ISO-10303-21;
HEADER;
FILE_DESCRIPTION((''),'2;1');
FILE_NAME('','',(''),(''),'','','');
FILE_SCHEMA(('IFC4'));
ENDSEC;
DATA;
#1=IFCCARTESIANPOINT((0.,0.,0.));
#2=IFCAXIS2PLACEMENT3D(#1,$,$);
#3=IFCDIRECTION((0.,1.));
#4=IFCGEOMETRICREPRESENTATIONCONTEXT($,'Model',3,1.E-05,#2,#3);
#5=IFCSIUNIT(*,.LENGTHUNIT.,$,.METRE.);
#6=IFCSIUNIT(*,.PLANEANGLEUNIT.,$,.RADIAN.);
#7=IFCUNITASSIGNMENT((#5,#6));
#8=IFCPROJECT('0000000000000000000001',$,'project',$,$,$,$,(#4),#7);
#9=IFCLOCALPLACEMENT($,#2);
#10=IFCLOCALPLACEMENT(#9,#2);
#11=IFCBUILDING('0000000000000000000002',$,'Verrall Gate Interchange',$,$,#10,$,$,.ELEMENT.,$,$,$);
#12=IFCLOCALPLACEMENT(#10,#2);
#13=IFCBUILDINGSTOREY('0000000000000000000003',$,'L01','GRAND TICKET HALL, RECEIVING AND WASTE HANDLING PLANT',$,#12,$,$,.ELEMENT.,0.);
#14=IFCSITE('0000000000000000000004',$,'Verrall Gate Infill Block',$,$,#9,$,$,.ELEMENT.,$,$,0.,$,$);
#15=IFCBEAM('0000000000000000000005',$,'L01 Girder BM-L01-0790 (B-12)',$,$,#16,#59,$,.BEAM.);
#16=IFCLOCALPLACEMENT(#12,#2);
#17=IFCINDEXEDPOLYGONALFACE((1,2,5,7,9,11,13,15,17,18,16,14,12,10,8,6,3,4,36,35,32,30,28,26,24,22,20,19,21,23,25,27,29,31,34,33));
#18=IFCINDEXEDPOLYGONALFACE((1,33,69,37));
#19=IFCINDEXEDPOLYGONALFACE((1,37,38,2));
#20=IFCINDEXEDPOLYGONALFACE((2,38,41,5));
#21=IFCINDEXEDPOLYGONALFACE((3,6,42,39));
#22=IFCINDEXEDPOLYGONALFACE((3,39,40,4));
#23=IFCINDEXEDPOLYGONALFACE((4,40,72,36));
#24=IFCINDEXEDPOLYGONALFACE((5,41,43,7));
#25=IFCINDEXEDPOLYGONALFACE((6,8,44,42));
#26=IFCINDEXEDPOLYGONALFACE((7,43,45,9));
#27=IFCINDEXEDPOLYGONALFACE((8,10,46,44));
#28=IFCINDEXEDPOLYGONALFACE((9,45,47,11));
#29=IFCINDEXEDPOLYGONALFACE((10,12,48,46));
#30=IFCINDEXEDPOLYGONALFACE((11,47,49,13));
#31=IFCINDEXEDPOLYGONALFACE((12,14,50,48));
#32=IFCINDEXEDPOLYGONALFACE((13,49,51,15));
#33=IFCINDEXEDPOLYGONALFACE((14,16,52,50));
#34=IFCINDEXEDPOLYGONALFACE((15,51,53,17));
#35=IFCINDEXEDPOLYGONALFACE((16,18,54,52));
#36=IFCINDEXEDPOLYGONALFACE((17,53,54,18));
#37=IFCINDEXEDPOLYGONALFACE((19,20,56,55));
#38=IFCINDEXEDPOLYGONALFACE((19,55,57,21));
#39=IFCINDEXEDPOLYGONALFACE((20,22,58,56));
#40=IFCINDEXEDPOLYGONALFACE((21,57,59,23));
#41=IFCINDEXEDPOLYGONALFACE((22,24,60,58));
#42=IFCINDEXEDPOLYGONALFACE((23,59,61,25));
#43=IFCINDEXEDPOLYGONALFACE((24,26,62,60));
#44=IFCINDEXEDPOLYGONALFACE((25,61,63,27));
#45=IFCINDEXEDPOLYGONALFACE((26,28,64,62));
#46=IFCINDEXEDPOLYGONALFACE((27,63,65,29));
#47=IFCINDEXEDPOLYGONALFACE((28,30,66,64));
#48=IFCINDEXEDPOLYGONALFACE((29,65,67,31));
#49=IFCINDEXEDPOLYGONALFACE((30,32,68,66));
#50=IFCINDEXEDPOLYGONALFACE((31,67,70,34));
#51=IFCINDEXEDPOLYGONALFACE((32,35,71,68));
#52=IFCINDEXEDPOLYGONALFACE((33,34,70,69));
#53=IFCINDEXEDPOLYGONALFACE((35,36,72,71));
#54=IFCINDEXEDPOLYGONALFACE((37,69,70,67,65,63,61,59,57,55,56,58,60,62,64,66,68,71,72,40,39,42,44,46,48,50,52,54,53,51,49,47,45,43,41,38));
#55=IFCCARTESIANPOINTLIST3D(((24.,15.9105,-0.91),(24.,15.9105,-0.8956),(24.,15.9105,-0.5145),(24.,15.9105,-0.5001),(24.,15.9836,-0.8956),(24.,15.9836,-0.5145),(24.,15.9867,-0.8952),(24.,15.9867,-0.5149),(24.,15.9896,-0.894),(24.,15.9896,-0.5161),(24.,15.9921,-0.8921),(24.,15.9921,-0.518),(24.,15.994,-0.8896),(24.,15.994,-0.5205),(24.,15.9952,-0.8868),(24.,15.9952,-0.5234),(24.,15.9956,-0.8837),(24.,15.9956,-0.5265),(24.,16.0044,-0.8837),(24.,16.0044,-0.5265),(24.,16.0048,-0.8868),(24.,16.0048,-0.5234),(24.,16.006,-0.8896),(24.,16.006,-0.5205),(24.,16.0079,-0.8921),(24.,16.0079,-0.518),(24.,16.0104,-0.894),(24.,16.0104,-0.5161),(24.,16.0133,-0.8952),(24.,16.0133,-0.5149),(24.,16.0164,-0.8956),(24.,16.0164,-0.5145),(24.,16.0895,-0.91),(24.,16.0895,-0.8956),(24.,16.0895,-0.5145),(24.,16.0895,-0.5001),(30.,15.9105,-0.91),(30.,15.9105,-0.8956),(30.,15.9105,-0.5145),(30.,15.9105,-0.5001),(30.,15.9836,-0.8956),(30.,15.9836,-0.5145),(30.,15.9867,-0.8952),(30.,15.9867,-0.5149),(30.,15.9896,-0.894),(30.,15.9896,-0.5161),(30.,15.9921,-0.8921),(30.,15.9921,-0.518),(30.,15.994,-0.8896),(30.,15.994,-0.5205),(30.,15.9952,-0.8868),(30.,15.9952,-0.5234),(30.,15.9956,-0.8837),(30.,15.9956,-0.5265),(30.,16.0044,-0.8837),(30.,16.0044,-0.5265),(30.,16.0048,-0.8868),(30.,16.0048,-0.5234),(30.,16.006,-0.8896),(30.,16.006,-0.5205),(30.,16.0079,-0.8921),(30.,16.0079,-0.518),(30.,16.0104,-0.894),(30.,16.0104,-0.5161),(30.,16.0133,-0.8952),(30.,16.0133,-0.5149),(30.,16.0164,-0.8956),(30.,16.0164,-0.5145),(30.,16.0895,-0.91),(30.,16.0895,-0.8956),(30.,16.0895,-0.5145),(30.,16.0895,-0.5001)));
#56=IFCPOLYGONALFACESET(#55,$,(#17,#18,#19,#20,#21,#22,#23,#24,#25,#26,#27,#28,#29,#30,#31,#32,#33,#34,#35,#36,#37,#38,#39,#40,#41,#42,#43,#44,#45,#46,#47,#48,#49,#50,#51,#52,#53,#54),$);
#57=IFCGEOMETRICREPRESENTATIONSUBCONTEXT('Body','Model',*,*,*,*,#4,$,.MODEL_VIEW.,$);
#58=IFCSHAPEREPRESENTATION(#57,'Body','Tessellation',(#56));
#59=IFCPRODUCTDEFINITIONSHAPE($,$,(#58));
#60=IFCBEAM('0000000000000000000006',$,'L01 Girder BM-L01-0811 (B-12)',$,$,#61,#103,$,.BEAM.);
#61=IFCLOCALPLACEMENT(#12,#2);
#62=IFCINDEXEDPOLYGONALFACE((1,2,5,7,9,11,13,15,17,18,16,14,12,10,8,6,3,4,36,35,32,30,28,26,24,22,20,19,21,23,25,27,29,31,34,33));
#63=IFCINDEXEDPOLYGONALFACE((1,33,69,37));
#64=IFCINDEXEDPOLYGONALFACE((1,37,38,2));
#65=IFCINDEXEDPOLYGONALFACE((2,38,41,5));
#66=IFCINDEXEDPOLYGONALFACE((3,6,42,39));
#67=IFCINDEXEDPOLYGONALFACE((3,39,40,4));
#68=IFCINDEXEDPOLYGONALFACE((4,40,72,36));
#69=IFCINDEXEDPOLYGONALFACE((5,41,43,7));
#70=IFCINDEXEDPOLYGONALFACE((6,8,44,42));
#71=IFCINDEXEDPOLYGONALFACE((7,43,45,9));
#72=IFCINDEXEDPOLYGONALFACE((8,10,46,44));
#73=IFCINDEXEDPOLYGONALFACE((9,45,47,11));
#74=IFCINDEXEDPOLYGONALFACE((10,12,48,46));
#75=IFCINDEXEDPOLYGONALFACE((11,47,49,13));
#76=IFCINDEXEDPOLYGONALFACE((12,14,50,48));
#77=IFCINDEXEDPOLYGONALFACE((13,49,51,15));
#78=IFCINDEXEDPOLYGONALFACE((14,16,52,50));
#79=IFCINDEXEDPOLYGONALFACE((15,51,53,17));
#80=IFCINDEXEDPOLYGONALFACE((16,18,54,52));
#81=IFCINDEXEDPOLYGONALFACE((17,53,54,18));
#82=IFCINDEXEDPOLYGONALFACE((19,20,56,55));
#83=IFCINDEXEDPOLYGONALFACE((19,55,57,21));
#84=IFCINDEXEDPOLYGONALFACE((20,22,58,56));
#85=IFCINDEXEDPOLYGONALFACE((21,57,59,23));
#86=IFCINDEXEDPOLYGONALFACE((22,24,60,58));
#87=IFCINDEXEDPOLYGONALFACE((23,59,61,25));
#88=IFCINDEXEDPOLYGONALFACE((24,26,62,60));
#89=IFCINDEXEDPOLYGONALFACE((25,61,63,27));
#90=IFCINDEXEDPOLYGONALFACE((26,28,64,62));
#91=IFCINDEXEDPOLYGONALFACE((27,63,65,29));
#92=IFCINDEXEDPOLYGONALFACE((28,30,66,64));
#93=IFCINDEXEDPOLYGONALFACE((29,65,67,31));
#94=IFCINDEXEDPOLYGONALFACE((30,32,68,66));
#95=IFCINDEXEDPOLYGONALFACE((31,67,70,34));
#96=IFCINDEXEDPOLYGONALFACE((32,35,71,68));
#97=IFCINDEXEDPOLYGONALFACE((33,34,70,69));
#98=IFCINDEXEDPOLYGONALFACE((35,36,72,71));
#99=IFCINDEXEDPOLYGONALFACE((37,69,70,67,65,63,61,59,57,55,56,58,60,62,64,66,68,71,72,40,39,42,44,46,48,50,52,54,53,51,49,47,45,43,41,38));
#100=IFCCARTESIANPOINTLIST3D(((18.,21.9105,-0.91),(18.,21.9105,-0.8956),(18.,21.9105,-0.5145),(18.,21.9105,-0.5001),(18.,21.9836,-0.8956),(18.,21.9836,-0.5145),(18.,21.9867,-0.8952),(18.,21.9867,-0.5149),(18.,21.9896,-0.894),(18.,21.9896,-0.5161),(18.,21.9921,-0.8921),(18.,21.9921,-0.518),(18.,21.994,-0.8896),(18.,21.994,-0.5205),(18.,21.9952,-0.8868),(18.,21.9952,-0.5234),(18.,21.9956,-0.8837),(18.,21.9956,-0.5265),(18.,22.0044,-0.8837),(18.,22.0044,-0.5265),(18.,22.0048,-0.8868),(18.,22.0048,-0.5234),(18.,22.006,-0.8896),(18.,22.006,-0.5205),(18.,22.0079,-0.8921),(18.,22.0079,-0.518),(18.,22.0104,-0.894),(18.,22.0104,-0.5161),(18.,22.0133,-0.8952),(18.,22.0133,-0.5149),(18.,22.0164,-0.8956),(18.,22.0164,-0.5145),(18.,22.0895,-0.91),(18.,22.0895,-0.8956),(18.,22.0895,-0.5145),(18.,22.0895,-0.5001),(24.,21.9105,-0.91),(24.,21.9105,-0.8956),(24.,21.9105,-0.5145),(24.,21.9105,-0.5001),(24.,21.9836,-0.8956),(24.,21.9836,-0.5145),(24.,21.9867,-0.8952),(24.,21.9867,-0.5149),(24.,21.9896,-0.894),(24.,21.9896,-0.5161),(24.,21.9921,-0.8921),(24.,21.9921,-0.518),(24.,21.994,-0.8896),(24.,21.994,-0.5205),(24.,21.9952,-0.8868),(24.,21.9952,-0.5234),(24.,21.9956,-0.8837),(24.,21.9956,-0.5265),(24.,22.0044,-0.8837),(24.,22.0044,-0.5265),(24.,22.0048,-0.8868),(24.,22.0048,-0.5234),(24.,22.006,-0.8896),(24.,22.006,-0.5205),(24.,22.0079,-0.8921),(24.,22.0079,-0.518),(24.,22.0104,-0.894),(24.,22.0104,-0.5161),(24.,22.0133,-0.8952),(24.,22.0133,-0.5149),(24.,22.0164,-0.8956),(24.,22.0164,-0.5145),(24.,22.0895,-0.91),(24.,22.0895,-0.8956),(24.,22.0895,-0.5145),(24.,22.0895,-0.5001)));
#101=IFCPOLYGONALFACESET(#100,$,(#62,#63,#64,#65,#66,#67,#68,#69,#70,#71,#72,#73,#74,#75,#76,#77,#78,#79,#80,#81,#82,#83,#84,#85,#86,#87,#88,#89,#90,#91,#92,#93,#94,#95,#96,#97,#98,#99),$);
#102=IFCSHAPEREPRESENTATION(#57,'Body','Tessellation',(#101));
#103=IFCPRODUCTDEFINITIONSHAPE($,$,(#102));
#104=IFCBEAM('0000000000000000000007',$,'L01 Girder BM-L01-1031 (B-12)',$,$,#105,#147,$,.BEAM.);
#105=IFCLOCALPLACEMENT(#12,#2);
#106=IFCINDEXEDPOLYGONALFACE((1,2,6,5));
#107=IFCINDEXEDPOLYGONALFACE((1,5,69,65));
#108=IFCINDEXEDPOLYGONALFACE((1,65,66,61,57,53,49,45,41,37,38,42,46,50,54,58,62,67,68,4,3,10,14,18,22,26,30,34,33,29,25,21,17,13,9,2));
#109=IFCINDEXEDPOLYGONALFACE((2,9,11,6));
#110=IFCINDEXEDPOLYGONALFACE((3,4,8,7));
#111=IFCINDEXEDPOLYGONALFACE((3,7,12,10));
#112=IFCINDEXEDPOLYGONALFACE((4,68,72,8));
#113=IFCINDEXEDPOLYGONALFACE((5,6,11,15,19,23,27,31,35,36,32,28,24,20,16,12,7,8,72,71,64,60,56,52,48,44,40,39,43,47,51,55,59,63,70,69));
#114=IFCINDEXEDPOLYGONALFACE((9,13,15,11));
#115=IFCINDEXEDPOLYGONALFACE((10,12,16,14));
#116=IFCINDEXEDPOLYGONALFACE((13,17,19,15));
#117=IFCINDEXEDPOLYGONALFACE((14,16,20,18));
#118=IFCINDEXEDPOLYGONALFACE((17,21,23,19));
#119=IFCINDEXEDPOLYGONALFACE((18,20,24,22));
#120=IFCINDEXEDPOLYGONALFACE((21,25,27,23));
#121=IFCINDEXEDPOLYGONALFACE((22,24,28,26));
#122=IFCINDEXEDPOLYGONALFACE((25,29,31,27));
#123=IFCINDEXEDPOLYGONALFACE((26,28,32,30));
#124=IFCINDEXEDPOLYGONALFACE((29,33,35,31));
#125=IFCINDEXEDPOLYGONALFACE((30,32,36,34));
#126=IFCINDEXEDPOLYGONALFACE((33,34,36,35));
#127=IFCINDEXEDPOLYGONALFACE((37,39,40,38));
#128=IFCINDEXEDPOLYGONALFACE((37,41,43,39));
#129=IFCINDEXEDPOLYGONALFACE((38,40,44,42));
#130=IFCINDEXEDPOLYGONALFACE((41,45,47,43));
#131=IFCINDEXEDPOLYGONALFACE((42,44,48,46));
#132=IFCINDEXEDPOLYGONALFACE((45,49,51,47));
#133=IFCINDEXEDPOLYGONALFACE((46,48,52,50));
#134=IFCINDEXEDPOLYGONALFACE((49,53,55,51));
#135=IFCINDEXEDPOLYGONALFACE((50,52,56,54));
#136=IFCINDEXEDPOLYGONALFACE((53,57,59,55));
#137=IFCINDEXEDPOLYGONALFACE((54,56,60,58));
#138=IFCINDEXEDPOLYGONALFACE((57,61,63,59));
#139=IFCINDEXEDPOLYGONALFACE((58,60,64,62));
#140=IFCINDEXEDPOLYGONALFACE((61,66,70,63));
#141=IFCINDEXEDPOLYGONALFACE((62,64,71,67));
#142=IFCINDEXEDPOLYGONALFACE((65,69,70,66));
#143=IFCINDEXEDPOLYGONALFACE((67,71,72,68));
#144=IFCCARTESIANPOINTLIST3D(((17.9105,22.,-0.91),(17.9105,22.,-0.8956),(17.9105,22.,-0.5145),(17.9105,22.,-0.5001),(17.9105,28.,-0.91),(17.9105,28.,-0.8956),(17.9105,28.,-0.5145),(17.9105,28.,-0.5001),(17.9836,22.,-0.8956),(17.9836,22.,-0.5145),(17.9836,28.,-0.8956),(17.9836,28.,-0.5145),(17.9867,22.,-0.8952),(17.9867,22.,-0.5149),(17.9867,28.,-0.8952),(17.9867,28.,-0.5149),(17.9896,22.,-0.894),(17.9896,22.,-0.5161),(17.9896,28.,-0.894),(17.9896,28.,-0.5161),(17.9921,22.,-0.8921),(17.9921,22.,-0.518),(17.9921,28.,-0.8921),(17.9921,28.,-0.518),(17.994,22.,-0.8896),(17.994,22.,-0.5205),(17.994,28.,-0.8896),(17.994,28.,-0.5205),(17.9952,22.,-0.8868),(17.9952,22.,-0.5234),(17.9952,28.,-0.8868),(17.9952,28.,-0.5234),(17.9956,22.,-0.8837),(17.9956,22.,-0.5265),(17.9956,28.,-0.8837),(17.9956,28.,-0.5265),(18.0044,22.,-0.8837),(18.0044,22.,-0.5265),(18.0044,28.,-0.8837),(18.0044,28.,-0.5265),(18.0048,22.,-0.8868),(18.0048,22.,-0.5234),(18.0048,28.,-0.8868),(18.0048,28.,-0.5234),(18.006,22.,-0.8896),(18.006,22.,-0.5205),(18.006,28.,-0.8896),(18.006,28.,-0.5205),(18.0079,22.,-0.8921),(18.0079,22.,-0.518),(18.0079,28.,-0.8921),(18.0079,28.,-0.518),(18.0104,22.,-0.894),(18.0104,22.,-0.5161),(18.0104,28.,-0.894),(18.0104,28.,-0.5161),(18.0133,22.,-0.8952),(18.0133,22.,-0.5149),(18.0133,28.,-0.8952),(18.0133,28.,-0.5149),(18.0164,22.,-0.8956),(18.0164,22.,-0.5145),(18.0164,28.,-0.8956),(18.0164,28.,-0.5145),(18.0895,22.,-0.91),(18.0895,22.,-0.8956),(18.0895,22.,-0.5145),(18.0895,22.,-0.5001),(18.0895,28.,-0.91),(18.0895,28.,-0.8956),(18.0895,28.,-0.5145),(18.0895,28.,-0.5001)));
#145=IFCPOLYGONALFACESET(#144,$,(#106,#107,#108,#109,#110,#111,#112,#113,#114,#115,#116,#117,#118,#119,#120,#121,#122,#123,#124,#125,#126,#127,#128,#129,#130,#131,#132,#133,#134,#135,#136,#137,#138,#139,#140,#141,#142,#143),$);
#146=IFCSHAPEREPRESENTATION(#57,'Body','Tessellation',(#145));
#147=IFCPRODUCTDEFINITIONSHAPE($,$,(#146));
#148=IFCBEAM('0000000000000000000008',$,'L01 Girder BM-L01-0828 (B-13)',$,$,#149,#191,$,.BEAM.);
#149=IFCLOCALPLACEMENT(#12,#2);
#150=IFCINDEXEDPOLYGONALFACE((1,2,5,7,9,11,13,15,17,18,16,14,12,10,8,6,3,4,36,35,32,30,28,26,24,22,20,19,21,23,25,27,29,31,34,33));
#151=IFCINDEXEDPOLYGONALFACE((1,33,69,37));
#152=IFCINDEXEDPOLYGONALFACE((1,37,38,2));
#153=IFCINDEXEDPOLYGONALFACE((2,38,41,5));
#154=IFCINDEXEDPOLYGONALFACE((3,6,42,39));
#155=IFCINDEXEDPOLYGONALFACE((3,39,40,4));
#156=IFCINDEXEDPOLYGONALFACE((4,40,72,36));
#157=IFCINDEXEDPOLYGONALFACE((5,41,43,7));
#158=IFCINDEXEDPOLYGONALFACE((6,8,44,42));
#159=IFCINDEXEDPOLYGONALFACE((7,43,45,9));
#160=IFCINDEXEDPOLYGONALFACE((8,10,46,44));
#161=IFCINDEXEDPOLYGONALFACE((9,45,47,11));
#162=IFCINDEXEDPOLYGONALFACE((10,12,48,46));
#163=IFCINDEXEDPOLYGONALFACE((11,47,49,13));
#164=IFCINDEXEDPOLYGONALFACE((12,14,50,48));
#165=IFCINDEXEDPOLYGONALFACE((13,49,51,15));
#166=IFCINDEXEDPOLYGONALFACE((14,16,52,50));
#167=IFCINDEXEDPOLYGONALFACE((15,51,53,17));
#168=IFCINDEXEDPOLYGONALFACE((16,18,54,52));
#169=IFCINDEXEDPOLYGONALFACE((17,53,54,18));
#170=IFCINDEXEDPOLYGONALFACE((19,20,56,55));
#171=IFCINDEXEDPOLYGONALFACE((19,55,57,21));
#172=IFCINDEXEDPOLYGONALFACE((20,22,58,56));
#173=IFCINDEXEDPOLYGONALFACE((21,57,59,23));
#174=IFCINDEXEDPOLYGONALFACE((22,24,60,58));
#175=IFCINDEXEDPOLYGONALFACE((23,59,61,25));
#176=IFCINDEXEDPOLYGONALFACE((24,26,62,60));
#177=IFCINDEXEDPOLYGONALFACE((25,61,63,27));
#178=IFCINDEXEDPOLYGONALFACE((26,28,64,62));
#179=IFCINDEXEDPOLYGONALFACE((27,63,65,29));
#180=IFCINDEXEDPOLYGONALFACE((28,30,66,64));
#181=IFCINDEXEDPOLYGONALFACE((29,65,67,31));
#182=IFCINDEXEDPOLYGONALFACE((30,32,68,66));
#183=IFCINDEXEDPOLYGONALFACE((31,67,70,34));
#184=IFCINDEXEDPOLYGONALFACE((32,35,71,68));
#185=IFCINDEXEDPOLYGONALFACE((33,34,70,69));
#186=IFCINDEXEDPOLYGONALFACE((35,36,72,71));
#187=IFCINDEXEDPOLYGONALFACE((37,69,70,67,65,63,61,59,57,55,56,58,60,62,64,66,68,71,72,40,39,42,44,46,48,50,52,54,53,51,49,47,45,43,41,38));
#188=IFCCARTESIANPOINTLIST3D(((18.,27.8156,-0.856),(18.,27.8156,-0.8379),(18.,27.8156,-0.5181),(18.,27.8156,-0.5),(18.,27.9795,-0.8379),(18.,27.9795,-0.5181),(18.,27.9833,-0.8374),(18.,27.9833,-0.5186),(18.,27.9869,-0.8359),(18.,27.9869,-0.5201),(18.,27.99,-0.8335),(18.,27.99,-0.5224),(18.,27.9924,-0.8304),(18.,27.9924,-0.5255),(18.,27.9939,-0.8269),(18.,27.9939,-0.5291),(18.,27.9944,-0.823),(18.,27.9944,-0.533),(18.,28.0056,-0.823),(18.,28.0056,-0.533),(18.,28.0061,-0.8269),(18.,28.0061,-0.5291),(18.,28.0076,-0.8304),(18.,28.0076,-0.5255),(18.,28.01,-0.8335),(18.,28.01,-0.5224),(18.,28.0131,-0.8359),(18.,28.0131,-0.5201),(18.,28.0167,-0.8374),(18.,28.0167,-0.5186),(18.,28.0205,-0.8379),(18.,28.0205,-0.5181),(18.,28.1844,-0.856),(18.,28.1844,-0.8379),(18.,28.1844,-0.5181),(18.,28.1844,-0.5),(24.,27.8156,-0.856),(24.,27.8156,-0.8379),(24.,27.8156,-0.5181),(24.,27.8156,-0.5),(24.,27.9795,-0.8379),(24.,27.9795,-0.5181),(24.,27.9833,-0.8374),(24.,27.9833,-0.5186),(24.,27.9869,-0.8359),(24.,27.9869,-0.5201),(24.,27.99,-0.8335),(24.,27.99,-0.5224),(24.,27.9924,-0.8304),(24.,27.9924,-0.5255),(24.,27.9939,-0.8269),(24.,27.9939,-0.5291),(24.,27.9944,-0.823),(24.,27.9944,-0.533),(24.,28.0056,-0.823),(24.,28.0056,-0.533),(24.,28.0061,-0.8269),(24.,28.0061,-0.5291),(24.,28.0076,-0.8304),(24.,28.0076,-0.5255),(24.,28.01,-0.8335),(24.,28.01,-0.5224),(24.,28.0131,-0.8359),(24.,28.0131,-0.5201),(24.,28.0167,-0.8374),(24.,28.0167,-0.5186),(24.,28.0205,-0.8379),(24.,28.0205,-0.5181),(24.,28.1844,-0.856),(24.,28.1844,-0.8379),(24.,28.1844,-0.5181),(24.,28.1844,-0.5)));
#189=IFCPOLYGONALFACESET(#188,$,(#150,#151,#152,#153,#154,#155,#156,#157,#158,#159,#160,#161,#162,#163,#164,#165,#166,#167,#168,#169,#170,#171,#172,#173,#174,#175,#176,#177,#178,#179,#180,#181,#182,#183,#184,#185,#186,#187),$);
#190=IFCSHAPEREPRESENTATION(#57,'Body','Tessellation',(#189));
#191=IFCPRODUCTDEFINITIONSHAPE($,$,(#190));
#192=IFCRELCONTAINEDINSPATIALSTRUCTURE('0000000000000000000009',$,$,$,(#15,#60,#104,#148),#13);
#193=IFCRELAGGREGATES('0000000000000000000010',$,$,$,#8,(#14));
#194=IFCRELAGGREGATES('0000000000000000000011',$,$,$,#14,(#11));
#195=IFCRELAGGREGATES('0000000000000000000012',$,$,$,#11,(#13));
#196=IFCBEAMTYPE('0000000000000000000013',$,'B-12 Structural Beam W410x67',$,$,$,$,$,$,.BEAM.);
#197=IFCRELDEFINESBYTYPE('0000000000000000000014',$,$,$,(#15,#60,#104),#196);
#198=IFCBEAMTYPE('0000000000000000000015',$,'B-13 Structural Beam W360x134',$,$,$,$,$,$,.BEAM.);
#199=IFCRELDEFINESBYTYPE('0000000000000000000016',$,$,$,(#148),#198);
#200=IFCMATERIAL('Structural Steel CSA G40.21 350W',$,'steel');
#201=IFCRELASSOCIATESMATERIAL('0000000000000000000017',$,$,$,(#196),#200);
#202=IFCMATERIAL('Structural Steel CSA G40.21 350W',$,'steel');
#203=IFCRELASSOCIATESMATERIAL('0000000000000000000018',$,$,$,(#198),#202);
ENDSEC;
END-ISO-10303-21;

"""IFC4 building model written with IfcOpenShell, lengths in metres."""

from ifc_helpers import new_model, si_unit, direction, frame, origin, origin_2d, place, context, subcontext, project, spatial, i_section, extrude, material, material_profile, profile_set, type_object, element, save


model = new_model("IFC4")

# Units and contexts
model_context = context("Model", 3, precision=1e-05, world=origin(), true_north=direction((0.0, 1.0)))
body_context = subcontext(model_context, "Body", "Model", "MODEL_VIEW")
ifc_project = project(units=[si_unit("LENGTHUNIT", "METRE"), si_unit("PLANEANGLEUNIT", "RADIAN")], contexts=[model_context])

# Site, building, storey
site_placement = place(None, origin())
site = spatial("IfcSite", under=ifc_project, at=site_placement, Name="Verrall Gate Infill Block", CompositionType="ELEMENT", RefElevation=0.0)
building_placement = place(site_placement, origin())
building = spatial("IfcBuilding", under=site, at=building_placement, Name="Verrall Gate Interchange", CompositionType="ELEMENT")
storey_placement = place(building_placement, origin())
storey = spatial("IfcBuildingStorey", under=building, at=storey_placement, Name="L01", Description="GRAND TICKET HALL, RECEIVING AND WASTE HANDLING PLANT", CompositionType="ELEMENT", Elevation=0.0)

# Beams
ifc_material_1 = material(Name="Structural Steel CSA G40.21 350W", Category="steel")
ifc_material_profile_1 = material_profile(ifc_material_1, i_section(OverallWidth=0.179, OverallDepth=0.4099, WebThickness=0.0088, FlangeThickness=0.0144, FilletRadius=0.012, at=origin_2d()), Name="W410x67")
ifc_profile_set_1 = profile_set([ifc_material_profile_1], Name="Structural Steel CSA G40.21 350W")
beam_type_1 = type_object("IfcBeamType", Name="B-12 Structural Beam W410x67", PredefinedType="BEAM", material=ifc_profile_set_1)
for number, where, z_axis, x_axis, name in (
    (1, (24.0, 16.0, -0.7051), (1.0, 0.0, 0.0), (0.0, 1.0, 0.0), "L01 Girder BM-L01-0790 (B-12)"),
    (2, (18.0, 22.0, -0.7051), (1.0, 0.0, 0.0), (0.0, 1.0, 0.0), "L01 Girder BM-L01-0811 (B-12)"),
    (3, (18.0, 22.0, -0.7051), (0.0, 1.0, 0.0), (-1.0, 0.0, 0.0), "L01 Girder BM-L01-1031 (B-12)"),
):
    element("IfcBeam", number, at=place(storey_placement, frame(where, z_axis=z_axis, x_axis=x_axis)), inside=storey, type_object=beam_type_1, Name=name, PredefinedType="BEAM", context=body_context, shape_type="SweptSolid", body=[
        extrude(i_section(OverallWidth=0.179, OverallDepth=0.4099, WebThickness=0.0088, FlangeThickness=0.0144, FilletRadius=0.012, at=origin_2d()), origin(), (0.0, 0.0, 1.0), 6.0),
    ])
ifc_material_2 = material(Name="Structural Steel CSA G40.21 350W", Category="steel")
ifc_material_profile_2 = material_profile(ifc_material_2, i_section(OverallWidth=0.3689, OverallDepth=0.356, WebThickness=0.0112, FlangeThickness=0.0181, FilletRadius=0.0149, at=origin_2d()), Name="W360x134")
ifc_profile_set_2 = profile_set([ifc_material_profile_2], Name="Structural Steel CSA G40.21 350W")
beam_type_2 = type_object("IfcBeamType", Name="B-13 Structural Beam W360x134", PredefinedType="BEAM", material=ifc_profile_set_2)
beam_1_placement = place(storey_placement, frame((18.0, 28.0, -0.678), z_axis=(1.0, 0.0, 0.0), x_axis=(0.0, 1.0, 0.0)))
element("IfcBeam", 4, at=beam_1_placement, inside=storey, type_object=beam_type_2, Name="L01 Girder BM-L01-0828 (B-13)", PredefinedType="BEAM", context=body_context, shape_type="SweptSolid", body=[
    extrude(i_section(OverallWidth=0.3689, OverallDepth=0.356, WebThickness=0.0112, FlangeThickness=0.0181, FilletRadius=0.0149, at=origin_2d()), origin(), (0.0, 0.0, 1.0), 6.0),
])

save(model, "model.ifc")
